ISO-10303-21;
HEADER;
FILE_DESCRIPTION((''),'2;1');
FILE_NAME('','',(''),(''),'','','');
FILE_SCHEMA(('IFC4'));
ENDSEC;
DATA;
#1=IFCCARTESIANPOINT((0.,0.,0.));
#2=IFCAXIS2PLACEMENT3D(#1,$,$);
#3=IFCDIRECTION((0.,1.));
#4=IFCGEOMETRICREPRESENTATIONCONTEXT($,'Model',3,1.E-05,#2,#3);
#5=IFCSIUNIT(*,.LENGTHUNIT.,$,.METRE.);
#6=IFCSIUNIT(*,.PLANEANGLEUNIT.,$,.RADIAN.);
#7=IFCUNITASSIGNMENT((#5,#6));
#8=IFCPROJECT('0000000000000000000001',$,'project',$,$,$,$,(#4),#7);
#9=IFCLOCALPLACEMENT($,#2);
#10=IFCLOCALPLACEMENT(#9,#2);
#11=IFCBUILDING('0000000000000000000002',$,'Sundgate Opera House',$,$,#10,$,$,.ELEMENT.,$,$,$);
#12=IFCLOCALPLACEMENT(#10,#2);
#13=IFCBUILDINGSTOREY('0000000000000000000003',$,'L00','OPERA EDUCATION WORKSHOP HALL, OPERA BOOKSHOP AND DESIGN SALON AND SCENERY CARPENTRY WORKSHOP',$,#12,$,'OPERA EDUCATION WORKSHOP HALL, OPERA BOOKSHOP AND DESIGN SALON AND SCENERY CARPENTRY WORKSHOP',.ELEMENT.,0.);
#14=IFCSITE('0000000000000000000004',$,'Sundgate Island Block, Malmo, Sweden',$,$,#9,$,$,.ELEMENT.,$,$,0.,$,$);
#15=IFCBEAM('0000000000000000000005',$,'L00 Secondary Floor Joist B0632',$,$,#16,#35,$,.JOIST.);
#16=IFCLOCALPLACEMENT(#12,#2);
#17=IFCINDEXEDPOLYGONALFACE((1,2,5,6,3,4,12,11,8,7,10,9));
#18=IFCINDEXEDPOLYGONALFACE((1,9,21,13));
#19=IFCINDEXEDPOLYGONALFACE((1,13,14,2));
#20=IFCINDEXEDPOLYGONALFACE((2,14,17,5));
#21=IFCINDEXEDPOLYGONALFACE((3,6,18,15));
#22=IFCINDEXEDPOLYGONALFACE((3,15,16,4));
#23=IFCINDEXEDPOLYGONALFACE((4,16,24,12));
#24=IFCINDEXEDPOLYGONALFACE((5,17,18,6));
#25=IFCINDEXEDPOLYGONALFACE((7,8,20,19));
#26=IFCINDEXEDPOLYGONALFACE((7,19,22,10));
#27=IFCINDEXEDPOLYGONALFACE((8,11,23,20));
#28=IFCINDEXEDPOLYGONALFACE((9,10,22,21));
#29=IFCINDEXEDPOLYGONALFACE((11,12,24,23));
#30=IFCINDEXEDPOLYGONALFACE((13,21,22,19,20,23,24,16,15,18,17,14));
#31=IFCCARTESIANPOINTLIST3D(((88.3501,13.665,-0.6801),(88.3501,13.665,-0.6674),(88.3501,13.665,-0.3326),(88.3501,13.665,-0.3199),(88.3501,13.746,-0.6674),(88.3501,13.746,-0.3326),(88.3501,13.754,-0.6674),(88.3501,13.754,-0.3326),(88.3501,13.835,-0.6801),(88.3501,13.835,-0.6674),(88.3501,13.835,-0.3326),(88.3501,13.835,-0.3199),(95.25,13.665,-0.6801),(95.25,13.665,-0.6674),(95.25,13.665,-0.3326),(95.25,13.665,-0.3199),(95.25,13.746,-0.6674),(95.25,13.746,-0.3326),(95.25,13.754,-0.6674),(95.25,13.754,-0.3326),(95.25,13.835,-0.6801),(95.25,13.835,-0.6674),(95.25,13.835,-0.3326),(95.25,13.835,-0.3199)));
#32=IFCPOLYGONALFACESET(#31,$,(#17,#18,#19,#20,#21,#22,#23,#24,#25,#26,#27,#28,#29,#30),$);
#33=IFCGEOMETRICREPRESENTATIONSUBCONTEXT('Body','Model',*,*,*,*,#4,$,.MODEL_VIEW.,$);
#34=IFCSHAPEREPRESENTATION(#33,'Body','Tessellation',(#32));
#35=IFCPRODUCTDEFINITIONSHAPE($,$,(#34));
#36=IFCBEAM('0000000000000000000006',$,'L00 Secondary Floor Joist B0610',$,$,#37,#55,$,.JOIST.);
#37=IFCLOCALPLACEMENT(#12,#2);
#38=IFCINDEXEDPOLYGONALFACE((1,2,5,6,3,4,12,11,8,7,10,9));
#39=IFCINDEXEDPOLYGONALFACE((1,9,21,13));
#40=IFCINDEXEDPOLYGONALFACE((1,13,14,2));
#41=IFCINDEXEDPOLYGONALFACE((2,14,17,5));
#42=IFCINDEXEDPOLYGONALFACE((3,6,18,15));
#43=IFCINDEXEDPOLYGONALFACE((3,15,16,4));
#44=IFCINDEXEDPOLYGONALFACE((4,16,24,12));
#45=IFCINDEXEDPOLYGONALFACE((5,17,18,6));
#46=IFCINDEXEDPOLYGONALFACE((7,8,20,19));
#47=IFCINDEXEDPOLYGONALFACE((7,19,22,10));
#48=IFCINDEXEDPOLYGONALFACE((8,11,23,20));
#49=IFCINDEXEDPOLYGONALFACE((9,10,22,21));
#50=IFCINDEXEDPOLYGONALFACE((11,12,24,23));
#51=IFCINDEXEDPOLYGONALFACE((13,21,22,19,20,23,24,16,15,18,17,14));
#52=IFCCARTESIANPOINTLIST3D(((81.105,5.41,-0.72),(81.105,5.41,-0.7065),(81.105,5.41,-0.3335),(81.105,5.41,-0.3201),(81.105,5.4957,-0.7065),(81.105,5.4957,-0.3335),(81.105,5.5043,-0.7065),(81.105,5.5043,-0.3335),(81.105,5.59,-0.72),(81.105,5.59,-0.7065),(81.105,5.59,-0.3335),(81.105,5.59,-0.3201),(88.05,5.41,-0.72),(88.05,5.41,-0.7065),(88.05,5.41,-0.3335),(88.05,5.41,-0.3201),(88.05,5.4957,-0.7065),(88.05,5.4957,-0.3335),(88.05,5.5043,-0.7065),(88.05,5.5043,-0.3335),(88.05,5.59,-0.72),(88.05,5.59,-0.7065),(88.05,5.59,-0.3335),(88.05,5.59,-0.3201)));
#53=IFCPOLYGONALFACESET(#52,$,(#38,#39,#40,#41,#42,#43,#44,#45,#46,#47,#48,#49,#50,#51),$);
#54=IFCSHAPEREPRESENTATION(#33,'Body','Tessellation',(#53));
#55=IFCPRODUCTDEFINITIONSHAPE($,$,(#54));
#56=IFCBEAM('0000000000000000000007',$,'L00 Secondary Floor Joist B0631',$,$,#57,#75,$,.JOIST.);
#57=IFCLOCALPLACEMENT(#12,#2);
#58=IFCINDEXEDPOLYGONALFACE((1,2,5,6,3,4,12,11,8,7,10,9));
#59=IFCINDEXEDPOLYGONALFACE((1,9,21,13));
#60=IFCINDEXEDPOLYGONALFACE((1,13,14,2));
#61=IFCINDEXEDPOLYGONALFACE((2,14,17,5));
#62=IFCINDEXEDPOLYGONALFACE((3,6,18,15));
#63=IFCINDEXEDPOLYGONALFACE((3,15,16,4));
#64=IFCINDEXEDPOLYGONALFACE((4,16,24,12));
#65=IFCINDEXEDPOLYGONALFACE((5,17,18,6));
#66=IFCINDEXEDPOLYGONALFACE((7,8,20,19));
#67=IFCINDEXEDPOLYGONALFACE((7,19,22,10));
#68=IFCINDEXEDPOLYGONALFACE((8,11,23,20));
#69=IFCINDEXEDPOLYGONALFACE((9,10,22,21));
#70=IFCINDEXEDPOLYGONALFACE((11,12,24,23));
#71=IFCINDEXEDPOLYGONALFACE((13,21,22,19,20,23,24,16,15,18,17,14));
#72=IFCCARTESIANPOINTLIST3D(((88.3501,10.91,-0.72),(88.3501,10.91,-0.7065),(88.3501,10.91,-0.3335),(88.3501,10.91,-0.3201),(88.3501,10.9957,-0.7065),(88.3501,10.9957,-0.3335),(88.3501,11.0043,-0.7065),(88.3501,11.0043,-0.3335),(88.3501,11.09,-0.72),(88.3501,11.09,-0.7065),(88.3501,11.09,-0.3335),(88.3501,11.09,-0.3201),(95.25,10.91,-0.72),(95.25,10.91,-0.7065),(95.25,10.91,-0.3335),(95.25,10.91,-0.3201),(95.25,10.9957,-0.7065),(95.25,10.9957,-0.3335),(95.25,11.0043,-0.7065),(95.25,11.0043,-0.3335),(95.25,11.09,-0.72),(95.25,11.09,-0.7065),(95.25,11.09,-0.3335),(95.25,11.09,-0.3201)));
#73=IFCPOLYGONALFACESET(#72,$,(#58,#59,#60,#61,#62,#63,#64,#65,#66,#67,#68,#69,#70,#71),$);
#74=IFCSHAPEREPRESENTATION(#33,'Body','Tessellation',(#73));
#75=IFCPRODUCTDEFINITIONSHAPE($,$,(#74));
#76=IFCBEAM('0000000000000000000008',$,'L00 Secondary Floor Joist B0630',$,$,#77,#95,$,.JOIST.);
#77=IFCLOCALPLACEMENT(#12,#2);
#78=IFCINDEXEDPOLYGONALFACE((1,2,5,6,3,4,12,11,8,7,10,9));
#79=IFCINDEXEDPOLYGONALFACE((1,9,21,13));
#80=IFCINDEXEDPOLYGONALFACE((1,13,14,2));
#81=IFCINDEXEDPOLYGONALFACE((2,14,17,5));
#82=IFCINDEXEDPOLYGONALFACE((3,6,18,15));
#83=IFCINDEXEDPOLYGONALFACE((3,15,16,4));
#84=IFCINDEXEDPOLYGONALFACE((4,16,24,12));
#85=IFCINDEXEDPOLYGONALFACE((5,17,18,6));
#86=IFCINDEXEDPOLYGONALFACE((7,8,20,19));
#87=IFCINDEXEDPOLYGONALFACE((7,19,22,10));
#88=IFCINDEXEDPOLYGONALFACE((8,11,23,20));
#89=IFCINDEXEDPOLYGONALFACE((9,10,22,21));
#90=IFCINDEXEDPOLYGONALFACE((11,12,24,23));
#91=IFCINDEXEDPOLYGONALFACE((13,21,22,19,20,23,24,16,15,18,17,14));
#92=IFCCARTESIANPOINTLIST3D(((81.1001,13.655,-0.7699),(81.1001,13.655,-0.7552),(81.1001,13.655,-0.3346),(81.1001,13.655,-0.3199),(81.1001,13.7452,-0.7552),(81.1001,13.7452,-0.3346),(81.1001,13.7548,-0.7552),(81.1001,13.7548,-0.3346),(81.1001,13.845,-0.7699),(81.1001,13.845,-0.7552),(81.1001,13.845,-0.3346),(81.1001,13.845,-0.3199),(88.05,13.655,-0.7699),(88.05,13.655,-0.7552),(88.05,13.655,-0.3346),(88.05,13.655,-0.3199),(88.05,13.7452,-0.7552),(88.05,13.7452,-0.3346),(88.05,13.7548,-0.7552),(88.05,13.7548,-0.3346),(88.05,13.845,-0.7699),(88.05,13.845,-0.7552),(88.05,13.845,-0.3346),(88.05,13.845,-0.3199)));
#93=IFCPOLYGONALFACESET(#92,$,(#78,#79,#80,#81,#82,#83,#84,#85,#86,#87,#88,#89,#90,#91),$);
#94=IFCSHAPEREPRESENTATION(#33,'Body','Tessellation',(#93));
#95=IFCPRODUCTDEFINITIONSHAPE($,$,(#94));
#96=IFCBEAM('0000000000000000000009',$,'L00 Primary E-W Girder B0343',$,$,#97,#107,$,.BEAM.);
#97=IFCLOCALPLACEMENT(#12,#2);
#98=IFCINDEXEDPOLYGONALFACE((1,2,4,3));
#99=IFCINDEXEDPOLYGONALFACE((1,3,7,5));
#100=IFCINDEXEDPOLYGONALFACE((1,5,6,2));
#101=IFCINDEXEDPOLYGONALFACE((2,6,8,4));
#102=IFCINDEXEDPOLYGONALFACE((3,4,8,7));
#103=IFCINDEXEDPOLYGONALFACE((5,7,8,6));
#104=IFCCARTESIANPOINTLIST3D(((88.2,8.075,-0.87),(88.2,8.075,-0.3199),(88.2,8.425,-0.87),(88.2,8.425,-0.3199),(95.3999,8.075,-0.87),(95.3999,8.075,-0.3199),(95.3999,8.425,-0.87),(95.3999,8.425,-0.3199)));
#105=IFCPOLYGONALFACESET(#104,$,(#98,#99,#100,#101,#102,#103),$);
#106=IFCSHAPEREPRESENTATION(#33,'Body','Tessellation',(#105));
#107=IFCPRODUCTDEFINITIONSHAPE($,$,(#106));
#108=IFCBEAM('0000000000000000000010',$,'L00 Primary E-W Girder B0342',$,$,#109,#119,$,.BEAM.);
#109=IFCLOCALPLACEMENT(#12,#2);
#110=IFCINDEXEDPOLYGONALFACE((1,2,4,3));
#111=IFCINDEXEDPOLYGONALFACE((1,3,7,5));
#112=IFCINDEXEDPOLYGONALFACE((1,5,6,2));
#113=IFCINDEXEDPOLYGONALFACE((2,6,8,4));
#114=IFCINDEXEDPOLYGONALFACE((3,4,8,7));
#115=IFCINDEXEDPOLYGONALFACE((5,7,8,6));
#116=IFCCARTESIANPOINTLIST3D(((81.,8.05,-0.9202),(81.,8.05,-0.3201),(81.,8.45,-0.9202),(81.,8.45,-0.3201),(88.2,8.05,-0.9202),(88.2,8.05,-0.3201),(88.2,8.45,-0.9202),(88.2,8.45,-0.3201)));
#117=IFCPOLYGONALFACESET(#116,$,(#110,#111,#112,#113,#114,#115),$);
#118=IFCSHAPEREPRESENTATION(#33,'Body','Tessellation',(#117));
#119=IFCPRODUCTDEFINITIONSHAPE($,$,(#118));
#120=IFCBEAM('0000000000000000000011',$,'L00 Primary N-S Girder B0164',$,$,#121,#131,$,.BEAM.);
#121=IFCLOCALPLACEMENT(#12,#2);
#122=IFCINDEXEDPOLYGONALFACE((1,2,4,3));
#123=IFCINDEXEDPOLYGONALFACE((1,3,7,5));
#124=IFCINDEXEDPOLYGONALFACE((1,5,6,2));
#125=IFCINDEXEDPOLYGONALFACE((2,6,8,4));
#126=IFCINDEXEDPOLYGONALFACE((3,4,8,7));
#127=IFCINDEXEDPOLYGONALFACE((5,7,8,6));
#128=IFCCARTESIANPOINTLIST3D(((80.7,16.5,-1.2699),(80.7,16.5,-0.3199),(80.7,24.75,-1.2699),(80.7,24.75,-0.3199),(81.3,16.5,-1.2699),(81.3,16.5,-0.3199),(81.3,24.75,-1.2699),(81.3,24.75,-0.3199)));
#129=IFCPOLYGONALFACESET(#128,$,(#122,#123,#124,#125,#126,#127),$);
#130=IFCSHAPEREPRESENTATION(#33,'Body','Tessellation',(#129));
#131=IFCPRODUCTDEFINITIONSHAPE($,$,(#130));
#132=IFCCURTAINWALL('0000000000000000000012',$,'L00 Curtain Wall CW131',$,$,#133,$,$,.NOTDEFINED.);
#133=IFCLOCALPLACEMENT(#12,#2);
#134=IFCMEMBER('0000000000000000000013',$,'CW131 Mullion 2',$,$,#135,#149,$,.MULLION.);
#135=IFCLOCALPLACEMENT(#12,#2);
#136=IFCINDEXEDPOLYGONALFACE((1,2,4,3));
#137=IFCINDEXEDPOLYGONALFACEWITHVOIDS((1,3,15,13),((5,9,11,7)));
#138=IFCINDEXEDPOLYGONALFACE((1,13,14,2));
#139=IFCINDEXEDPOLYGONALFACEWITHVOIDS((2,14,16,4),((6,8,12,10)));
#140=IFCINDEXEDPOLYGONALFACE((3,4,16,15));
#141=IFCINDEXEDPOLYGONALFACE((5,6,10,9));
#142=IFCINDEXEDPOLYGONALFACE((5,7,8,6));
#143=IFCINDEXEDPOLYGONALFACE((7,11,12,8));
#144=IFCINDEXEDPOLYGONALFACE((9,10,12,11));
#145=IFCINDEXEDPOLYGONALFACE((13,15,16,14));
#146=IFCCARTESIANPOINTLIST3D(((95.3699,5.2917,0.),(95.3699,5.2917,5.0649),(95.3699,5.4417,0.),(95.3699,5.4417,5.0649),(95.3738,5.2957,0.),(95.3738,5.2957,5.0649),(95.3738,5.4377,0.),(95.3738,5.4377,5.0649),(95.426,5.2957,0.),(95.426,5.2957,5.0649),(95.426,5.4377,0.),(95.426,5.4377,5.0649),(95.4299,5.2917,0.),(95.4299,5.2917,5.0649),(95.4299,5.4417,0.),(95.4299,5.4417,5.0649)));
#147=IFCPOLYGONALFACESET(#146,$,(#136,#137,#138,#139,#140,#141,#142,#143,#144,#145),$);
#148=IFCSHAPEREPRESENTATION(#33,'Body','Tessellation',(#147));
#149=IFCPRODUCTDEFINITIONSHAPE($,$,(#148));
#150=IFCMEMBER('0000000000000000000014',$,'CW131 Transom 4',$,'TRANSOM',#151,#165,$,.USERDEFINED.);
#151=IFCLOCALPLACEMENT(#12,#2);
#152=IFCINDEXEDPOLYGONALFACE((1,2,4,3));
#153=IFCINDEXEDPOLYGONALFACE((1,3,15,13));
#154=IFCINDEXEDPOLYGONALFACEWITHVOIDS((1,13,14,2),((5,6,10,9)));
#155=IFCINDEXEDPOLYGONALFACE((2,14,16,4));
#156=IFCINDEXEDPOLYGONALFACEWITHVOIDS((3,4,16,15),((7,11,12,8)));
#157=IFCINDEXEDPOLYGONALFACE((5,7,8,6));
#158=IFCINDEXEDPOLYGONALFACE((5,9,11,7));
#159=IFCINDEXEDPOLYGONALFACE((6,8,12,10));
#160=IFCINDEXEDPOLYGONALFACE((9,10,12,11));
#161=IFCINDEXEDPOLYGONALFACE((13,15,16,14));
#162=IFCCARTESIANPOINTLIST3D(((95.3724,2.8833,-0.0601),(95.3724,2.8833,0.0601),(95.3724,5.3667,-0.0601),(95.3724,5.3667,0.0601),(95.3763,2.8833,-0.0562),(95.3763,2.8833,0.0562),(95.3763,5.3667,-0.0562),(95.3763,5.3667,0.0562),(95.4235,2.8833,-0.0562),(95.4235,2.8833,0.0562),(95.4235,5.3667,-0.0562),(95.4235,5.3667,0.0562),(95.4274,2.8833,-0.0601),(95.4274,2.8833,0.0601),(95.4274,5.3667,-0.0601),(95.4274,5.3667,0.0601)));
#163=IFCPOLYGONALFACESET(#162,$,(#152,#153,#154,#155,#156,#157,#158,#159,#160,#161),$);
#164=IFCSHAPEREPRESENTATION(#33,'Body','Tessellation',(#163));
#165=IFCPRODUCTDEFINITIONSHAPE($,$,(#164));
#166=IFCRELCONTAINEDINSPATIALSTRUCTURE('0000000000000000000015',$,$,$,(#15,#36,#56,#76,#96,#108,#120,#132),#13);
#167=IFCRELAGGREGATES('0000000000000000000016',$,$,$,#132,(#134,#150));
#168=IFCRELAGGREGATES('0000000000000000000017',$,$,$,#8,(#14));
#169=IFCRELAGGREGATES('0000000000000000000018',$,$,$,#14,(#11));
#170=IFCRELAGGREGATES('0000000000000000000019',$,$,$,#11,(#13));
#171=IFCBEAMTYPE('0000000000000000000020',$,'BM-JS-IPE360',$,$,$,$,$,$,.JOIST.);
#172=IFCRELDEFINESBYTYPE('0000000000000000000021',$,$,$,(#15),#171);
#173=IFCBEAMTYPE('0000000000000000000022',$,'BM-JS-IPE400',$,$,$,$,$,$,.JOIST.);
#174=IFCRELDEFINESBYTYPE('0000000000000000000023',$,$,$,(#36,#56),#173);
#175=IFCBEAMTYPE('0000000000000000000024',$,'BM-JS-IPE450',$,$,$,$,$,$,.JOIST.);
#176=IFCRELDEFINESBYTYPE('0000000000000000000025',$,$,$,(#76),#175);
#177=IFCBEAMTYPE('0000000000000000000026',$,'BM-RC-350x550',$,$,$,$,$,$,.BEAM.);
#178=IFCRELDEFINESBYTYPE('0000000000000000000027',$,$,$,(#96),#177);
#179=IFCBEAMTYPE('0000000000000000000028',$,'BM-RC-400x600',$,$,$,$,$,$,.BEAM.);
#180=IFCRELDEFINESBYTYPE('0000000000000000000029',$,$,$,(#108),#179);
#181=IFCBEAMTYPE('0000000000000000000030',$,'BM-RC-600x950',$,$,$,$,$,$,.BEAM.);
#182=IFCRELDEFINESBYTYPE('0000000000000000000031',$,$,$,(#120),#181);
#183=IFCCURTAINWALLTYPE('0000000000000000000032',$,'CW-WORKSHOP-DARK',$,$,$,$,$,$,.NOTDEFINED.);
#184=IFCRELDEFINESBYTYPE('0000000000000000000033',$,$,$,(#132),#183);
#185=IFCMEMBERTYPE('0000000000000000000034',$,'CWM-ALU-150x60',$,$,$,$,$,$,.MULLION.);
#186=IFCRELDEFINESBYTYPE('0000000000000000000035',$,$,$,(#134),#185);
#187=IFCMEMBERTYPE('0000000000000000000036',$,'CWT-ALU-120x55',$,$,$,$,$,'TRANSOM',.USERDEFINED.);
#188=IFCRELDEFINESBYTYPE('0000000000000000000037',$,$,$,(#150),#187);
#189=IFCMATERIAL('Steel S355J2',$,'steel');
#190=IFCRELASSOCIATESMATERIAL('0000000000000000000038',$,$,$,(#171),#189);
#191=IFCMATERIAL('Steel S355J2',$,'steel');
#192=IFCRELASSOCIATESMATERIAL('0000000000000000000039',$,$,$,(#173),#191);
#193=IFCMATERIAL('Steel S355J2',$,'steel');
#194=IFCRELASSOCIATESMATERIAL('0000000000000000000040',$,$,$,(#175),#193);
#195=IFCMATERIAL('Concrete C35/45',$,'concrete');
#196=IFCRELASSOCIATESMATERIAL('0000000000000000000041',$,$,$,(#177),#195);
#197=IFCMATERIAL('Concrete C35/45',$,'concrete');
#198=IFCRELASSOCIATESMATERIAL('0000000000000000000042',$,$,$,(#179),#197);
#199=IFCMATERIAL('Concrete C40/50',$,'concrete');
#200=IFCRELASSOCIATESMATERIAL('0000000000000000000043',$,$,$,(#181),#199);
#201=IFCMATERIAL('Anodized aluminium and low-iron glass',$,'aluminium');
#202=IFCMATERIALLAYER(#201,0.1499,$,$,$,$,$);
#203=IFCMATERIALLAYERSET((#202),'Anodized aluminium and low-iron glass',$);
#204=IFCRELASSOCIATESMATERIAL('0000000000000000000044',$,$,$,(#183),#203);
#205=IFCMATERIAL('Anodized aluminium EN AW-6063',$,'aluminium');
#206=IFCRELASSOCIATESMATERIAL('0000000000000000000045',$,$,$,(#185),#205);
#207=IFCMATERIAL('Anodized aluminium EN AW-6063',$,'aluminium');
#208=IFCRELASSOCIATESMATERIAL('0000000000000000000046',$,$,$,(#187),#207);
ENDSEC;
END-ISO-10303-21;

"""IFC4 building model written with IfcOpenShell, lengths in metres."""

from ifc_helpers import new_model, si_unit, direction, frame, origin, origin_2d, place, context, subcontext, project, spatial, rectangle, hollow_rectangle, i_section, extrude, material, layer, layer_set, material_profile, profile_set, type_object, element, aggregate, save


model = new_model("IFC4")

# Units and contexts
model_context = context("Model", 3, precision=1e-05, world=origin(), true_north=direction((0.0, 1.0)))
body_context = subcontext(model_context, "Body", "Model", "MODEL_VIEW")
ifc_project = project(units=[si_unit("LENGTHUNIT", "METRE"), si_unit("PLANEANGLEUNIT", "RADIAN")], contexts=[model_context])

# Site, building, storey
site_placement = place(None, origin())
site = spatial("IfcSite", under=ifc_project, at=site_placement, Name="Sundgate Island Block, Malmo, Sweden", CompositionType="ELEMENT", RefElevation=0.0)
building_placement = place(site_placement, origin())
building = spatial("IfcBuilding", under=site, at=building_placement, Name="Sundgate Opera House", CompositionType="ELEMENT")
storey_placement = place(building_placement, origin())
storey = spatial("IfcBuildingStorey", under=building, at=storey_placement, Name="L00", Description="OPERA EDUCATION WORKSHOP HALL, OPERA BOOKSHOP AND DESIGN SALON AND SCENERY CARPENTRY WORKSHOP", LongName="OPERA EDUCATION WORKSHOP HALL, OPERA BOOKSHOP AND DESIGN SALON AND SCENERY CARPENTRY WORKSHOP", CompositionType="ELEMENT", Elevation=0.0)

# Beams
ifc_material_1 = material(Name="Steel S355J2", Category="steel")
ifc_material_profile_1 = material_profile(ifc_material_1, i_section(OverallWidth=0.1699, OverallDepth=0.3601, WebThickness=0.0081, FlangeThickness=0.0127, at=origin_2d()), Name="IPE 360")
ifc_profile_set_1 = profile_set([ifc_material_profile_1], Name="Steel S355J2")
beam_type_1 = type_object("IfcBeamType", Name="BM-JS-IPE360", PredefinedType="JOIST", material=ifc_profile_set_1)
beam_1_placement = place(storey_placement, frame((88.3501, 13.75, -0.5), z_axis=(1.0, 0.0, 0.0), x_axis=(0.0, 1.0, 0.0)))
element("IfcBeam", 1, at=beam_1_placement, inside=storey, type_object=beam_type_1, Name="L00 Secondary Floor Joist B0632", PredefinedType="JOIST", context=body_context, shape_type="SweptSolid", body=[
    extrude(i_section(OverallWidth=0.1699, OverallDepth=0.3601, WebThickness=0.0081, FlangeThickness=0.0127, at=origin_2d()), origin(), (0.0, 0.0, 1.0), 6.8999),
])
ifc_material_2 = material(Name="Steel S355J2", Category="steel")
ifc_material_profile_2 = material_profile(ifc_material_2, i_section(OverallWidth=0.1799, OverallDepth=0.3999, WebThickness=0.0085, FlangeThickness=0.0134, at=origin_2d()), Name="IPE 400")
ifc_profile_set_2 = profile_set([ifc_material_profile_2], Name="Steel S355J2")
beam_type_2 = type_object("IfcBeamType", Name="BM-JS-IPE400", PredefinedType="JOIST", material=ifc_profile_set_2)
beam_2_placement = place(storey_placement, frame((81.105, 5.5, -0.52), z_axis=(1.0, 0.0, 0.0), x_axis=(0.0, 1.0, 0.0)))
element("IfcBeam", 2, at=beam_2_placement, inside=storey, type_object=beam_type_2, Name="L00 Secondary Floor Joist B0610", PredefinedType="JOIST", context=body_context, shape_type="SweptSolid", body=[
    extrude(i_section(OverallWidth=0.1799, OverallDepth=0.3999, WebThickness=0.0085, FlangeThickness=0.0134, at=origin_2d()), origin(), (0.0, 0.0, 1.0), 6.9451),
])
beam_3_placement = place(storey_placement, frame((88.3501, 11.0, -0.52), z_axis=(1.0, 0.0, 0.0), x_axis=(0.0, 1.0, 0.0)))
element("IfcBeam", 3, at=beam_3_placement, inside=storey, type_object=beam_type_2, Name="L00 Secondary Floor Joist B0631", PredefinedType="JOIST", context=body_context, shape_type="SweptSolid", body=[
    extrude(i_section(OverallWidth=0.1799, OverallDepth=0.3999, WebThickness=0.0085, FlangeThickness=0.0134, at=origin_2d()), origin(), (0.0, 0.0, 1.0), 6.8999),
])
ifc_material_3 = material(Name="Steel S355J2", Category="steel")
ifc_material_profile_3 = material_profile(ifc_material_3, i_section(OverallWidth=0.1899, OverallDepth=0.45, WebThickness=0.0095, FlangeThickness=0.0146, at=origin_2d()), Name="IPE 450")
ifc_profile_set_3 = profile_set([ifc_material_profile_3], Name="Steel S355J2")
beam_type_3 = type_object("IfcBeamType", Name="BM-JS-IPE450", PredefinedType="JOIST", material=ifc_profile_set_3)
beam_4_placement = place(storey_placement, frame((81.1001, 13.75, -0.5449), z_axis=(1.0, 0.0, 0.0), x_axis=(0.0, 1.0, 0.0)))
element("IfcBeam", 4, at=beam_4_placement, inside=storey, type_object=beam_type_3, Name="L00 Secondary Floor Joist B0630", PredefinedType="JOIST", context=body_context, shape_type="SweptSolid", body=[
    extrude(i_section(OverallWidth=0.1899, OverallDepth=0.45, WebThickness=0.0095, FlangeThickness=0.0146, at=origin_2d()), origin(), (0.0, 0.0, 1.0), 6.95),
])
ifc_material_4 = material(Name="Concrete C35/45", Category="concrete")
ifc_material_profile_4 = material_profile(ifc_material_4, rectangle(XDim=0.3501, YDim=0.55, at=origin_2d()), Name="RC 350x550")
ifc_profile_set_4 = profile_set([ifc_material_profile_4], Name="Concrete C35/45")
beam_type_4 = type_object("IfcBeamType", Name="BM-RC-350x550", PredefinedType="BEAM", material=ifc_profile_set_4)
beam_5_placement = place(storey_placement, frame((88.2, 8.25, -0.595), z_axis=(1.0, 0.0, 0.0), x_axis=(0.0, 1.0, 0.0)))
element("IfcBeam", 5, at=beam_5_placement, inside=storey, type_object=beam_type_4, Name="L00 Primary E-W Girder B0343", PredefinedType="BEAM", context=body_context, shape_type="SweptSolid", body=[
    extrude(rectangle(XDim=0.3501, YDim=0.55, at=origin_2d()), origin(), (0.0, 0.0, 1.0), 7.2),
])
ifc_material_5 = material(Name="Concrete C35/45", Category="concrete")
ifc_material_profile_5 = material_profile(ifc_material_5, rectangle(XDim=0.3999, YDim=0.6001, at=origin_2d()), Name="RC 400x600")
ifc_profile_set_5 = profile_set([ifc_material_profile_5], Name="Concrete C35/45")
beam_type_5 = type_object("IfcBeamType", Name="BM-RC-400x600", PredefinedType="BEAM", material=ifc_profile_set_5)
beam_6_placement = place(storey_placement, frame((81.0, 8.25, -0.6201), z_axis=(1.0, 0.0, 0.0), x_axis=(0.0, 1.0, 0.0)))
element("IfcBeam", 6, at=beam_6_placement, inside=storey, type_object=beam_type_5, Name="L00 Primary E-W Girder B0342", PredefinedType="BEAM", context=body_context, shape_type="SweptSolid", body=[
    extrude(rectangle(XDim=0.3999, YDim=0.6001, at=origin_2d()), origin(), (0.0, 0.0, 1.0), 7.2),
])
ifc_material_6 = material(Name="Concrete C40/50", Category="concrete")
ifc_material_profile_6 = material_profile(ifc_material_6, rectangle(XDim=0.6001, YDim=0.95, at=origin_2d()), Name="RC 600x950")
ifc_profile_set_6 = profile_set([ifc_material_profile_6], Name="Concrete C40/50")
beam_type_6 = type_object("IfcBeamType", Name="BM-RC-600x950", PredefinedType="BEAM", material=ifc_profile_set_6)
beam_7_placement = place(storey_placement, frame((81.0, 16.5, -0.7949), z_axis=(0.0, 1.0, 0.0), x_axis=(-1.0, 0.0, 0.0)))
element("IfcBeam", 7, at=beam_7_placement, inside=storey, type_object=beam_type_6, Name="L00 Primary N-S Girder B0164", PredefinedType="BEAM", context=body_context, shape_type="SweptSolid", body=[
    extrude(rectangle(XDim=0.6001, YDim=0.95, at=origin_2d()), origin(), (0.0, 0.0, 1.0), 8.25),
])

# Curtain wall, members
ifc_material_7 = material(Name="Anodized aluminium and low-iron glass", Category="aluminium")
ifc_layer_1 = layer(ifc_material_7, 0.1499)
ifc_layer_set_1 = layer_set([ifc_layer_1], Name="Anodized aluminium and low-iron glass")
curtain_wall_type = type_object("IfcCurtainWallType", Name="CW-WORKSHOP-DARK", PredefinedType="NOTDEFINED", material=ifc_layer_set_1)
curtain_wall_placement = place(storey_placement, origin())
curtain_wall = element("IfcCurtainWall", 8, at=curtain_wall_placement, inside=storey, type_object=curtain_wall_type, Name="L00 Curtain Wall CW131", PredefinedType="NOTDEFINED")
ifc_material_8 = material(Name="Anodized aluminium EN AW-6063", Category="aluminium")
ifc_material_profile_7 = material_profile(ifc_material_8, hollow_rectangle(XDim=0.0601, YDim=0.1499, WallThickness=0.0039, at=origin_2d()), Name="CWM 150x60x4")
ifc_profile_set_7 = profile_set([ifc_material_profile_7], Name="Anodized aluminium EN AW-6063")
member_type_1 = type_object("IfcMemberType", Name="CWM-ALU-150x60", PredefinedType="MULLION", material=ifc_profile_set_7)
member_1_placement = place(storey_placement, frame((95.3999, 5.3667, 0.0), z_axis=(0.0, 0.0, 1.0), x_axis=(1.0, 0.0, 0.0)))
member_1 = element("IfcMember", 9, at=member_1_placement, type_object=member_type_1, Name="CW131 Mullion 2", PredefinedType="MULLION", context=body_context, shape_type="SweptSolid", body=[
    extrude(hollow_rectangle(XDim=0.0601, YDim=0.1499, WallThickness=0.0039, at=origin_2d()), origin(), (0.0, 0.0, 1.0), 5.0649),
])
ifc_material_9 = material(Name="Anodized aluminium EN AW-6063", Category="aluminium")
ifc_material_profile_8 = material_profile(ifc_material_9, hollow_rectangle(XDim=0.0549, YDim=0.1201, WallThickness=0.0039, at=origin_2d()), Name="CWT 120x55x4")
ifc_profile_set_8 = profile_set([ifc_material_profile_8], Name="Anodized aluminium EN AW-6063")
member_type_2 = type_object("IfcMemberType", Name="CWT-ALU-120x55", ElementType="TRANSOM", PredefinedType="USERDEFINED", material=ifc_profile_set_8)
member_2_placement = place(storey_placement, frame((95.3999, 5.3667, 0.0), z_axis=(0.0, -1.0, 0.0), x_axis=(1.0, 0.0, 0.0)))
member_2 = element("IfcMember", 10, at=member_2_placement, type_object=member_type_2, Name="CW131 Transom 4", ObjectType="TRANSOM", PredefinedType="USERDEFINED", context=body_context, shape_type="SweptSolid", body=[
    extrude(hollow_rectangle(XDim=0.0549, YDim=0.1201, WallThickness=0.0039, at=origin_2d()), origin(), (0.0, 0.0, 1.0), 2.4834),
])
aggregate(curtain_wall, [member_1, member_2])

save(model, "model.ifc")
